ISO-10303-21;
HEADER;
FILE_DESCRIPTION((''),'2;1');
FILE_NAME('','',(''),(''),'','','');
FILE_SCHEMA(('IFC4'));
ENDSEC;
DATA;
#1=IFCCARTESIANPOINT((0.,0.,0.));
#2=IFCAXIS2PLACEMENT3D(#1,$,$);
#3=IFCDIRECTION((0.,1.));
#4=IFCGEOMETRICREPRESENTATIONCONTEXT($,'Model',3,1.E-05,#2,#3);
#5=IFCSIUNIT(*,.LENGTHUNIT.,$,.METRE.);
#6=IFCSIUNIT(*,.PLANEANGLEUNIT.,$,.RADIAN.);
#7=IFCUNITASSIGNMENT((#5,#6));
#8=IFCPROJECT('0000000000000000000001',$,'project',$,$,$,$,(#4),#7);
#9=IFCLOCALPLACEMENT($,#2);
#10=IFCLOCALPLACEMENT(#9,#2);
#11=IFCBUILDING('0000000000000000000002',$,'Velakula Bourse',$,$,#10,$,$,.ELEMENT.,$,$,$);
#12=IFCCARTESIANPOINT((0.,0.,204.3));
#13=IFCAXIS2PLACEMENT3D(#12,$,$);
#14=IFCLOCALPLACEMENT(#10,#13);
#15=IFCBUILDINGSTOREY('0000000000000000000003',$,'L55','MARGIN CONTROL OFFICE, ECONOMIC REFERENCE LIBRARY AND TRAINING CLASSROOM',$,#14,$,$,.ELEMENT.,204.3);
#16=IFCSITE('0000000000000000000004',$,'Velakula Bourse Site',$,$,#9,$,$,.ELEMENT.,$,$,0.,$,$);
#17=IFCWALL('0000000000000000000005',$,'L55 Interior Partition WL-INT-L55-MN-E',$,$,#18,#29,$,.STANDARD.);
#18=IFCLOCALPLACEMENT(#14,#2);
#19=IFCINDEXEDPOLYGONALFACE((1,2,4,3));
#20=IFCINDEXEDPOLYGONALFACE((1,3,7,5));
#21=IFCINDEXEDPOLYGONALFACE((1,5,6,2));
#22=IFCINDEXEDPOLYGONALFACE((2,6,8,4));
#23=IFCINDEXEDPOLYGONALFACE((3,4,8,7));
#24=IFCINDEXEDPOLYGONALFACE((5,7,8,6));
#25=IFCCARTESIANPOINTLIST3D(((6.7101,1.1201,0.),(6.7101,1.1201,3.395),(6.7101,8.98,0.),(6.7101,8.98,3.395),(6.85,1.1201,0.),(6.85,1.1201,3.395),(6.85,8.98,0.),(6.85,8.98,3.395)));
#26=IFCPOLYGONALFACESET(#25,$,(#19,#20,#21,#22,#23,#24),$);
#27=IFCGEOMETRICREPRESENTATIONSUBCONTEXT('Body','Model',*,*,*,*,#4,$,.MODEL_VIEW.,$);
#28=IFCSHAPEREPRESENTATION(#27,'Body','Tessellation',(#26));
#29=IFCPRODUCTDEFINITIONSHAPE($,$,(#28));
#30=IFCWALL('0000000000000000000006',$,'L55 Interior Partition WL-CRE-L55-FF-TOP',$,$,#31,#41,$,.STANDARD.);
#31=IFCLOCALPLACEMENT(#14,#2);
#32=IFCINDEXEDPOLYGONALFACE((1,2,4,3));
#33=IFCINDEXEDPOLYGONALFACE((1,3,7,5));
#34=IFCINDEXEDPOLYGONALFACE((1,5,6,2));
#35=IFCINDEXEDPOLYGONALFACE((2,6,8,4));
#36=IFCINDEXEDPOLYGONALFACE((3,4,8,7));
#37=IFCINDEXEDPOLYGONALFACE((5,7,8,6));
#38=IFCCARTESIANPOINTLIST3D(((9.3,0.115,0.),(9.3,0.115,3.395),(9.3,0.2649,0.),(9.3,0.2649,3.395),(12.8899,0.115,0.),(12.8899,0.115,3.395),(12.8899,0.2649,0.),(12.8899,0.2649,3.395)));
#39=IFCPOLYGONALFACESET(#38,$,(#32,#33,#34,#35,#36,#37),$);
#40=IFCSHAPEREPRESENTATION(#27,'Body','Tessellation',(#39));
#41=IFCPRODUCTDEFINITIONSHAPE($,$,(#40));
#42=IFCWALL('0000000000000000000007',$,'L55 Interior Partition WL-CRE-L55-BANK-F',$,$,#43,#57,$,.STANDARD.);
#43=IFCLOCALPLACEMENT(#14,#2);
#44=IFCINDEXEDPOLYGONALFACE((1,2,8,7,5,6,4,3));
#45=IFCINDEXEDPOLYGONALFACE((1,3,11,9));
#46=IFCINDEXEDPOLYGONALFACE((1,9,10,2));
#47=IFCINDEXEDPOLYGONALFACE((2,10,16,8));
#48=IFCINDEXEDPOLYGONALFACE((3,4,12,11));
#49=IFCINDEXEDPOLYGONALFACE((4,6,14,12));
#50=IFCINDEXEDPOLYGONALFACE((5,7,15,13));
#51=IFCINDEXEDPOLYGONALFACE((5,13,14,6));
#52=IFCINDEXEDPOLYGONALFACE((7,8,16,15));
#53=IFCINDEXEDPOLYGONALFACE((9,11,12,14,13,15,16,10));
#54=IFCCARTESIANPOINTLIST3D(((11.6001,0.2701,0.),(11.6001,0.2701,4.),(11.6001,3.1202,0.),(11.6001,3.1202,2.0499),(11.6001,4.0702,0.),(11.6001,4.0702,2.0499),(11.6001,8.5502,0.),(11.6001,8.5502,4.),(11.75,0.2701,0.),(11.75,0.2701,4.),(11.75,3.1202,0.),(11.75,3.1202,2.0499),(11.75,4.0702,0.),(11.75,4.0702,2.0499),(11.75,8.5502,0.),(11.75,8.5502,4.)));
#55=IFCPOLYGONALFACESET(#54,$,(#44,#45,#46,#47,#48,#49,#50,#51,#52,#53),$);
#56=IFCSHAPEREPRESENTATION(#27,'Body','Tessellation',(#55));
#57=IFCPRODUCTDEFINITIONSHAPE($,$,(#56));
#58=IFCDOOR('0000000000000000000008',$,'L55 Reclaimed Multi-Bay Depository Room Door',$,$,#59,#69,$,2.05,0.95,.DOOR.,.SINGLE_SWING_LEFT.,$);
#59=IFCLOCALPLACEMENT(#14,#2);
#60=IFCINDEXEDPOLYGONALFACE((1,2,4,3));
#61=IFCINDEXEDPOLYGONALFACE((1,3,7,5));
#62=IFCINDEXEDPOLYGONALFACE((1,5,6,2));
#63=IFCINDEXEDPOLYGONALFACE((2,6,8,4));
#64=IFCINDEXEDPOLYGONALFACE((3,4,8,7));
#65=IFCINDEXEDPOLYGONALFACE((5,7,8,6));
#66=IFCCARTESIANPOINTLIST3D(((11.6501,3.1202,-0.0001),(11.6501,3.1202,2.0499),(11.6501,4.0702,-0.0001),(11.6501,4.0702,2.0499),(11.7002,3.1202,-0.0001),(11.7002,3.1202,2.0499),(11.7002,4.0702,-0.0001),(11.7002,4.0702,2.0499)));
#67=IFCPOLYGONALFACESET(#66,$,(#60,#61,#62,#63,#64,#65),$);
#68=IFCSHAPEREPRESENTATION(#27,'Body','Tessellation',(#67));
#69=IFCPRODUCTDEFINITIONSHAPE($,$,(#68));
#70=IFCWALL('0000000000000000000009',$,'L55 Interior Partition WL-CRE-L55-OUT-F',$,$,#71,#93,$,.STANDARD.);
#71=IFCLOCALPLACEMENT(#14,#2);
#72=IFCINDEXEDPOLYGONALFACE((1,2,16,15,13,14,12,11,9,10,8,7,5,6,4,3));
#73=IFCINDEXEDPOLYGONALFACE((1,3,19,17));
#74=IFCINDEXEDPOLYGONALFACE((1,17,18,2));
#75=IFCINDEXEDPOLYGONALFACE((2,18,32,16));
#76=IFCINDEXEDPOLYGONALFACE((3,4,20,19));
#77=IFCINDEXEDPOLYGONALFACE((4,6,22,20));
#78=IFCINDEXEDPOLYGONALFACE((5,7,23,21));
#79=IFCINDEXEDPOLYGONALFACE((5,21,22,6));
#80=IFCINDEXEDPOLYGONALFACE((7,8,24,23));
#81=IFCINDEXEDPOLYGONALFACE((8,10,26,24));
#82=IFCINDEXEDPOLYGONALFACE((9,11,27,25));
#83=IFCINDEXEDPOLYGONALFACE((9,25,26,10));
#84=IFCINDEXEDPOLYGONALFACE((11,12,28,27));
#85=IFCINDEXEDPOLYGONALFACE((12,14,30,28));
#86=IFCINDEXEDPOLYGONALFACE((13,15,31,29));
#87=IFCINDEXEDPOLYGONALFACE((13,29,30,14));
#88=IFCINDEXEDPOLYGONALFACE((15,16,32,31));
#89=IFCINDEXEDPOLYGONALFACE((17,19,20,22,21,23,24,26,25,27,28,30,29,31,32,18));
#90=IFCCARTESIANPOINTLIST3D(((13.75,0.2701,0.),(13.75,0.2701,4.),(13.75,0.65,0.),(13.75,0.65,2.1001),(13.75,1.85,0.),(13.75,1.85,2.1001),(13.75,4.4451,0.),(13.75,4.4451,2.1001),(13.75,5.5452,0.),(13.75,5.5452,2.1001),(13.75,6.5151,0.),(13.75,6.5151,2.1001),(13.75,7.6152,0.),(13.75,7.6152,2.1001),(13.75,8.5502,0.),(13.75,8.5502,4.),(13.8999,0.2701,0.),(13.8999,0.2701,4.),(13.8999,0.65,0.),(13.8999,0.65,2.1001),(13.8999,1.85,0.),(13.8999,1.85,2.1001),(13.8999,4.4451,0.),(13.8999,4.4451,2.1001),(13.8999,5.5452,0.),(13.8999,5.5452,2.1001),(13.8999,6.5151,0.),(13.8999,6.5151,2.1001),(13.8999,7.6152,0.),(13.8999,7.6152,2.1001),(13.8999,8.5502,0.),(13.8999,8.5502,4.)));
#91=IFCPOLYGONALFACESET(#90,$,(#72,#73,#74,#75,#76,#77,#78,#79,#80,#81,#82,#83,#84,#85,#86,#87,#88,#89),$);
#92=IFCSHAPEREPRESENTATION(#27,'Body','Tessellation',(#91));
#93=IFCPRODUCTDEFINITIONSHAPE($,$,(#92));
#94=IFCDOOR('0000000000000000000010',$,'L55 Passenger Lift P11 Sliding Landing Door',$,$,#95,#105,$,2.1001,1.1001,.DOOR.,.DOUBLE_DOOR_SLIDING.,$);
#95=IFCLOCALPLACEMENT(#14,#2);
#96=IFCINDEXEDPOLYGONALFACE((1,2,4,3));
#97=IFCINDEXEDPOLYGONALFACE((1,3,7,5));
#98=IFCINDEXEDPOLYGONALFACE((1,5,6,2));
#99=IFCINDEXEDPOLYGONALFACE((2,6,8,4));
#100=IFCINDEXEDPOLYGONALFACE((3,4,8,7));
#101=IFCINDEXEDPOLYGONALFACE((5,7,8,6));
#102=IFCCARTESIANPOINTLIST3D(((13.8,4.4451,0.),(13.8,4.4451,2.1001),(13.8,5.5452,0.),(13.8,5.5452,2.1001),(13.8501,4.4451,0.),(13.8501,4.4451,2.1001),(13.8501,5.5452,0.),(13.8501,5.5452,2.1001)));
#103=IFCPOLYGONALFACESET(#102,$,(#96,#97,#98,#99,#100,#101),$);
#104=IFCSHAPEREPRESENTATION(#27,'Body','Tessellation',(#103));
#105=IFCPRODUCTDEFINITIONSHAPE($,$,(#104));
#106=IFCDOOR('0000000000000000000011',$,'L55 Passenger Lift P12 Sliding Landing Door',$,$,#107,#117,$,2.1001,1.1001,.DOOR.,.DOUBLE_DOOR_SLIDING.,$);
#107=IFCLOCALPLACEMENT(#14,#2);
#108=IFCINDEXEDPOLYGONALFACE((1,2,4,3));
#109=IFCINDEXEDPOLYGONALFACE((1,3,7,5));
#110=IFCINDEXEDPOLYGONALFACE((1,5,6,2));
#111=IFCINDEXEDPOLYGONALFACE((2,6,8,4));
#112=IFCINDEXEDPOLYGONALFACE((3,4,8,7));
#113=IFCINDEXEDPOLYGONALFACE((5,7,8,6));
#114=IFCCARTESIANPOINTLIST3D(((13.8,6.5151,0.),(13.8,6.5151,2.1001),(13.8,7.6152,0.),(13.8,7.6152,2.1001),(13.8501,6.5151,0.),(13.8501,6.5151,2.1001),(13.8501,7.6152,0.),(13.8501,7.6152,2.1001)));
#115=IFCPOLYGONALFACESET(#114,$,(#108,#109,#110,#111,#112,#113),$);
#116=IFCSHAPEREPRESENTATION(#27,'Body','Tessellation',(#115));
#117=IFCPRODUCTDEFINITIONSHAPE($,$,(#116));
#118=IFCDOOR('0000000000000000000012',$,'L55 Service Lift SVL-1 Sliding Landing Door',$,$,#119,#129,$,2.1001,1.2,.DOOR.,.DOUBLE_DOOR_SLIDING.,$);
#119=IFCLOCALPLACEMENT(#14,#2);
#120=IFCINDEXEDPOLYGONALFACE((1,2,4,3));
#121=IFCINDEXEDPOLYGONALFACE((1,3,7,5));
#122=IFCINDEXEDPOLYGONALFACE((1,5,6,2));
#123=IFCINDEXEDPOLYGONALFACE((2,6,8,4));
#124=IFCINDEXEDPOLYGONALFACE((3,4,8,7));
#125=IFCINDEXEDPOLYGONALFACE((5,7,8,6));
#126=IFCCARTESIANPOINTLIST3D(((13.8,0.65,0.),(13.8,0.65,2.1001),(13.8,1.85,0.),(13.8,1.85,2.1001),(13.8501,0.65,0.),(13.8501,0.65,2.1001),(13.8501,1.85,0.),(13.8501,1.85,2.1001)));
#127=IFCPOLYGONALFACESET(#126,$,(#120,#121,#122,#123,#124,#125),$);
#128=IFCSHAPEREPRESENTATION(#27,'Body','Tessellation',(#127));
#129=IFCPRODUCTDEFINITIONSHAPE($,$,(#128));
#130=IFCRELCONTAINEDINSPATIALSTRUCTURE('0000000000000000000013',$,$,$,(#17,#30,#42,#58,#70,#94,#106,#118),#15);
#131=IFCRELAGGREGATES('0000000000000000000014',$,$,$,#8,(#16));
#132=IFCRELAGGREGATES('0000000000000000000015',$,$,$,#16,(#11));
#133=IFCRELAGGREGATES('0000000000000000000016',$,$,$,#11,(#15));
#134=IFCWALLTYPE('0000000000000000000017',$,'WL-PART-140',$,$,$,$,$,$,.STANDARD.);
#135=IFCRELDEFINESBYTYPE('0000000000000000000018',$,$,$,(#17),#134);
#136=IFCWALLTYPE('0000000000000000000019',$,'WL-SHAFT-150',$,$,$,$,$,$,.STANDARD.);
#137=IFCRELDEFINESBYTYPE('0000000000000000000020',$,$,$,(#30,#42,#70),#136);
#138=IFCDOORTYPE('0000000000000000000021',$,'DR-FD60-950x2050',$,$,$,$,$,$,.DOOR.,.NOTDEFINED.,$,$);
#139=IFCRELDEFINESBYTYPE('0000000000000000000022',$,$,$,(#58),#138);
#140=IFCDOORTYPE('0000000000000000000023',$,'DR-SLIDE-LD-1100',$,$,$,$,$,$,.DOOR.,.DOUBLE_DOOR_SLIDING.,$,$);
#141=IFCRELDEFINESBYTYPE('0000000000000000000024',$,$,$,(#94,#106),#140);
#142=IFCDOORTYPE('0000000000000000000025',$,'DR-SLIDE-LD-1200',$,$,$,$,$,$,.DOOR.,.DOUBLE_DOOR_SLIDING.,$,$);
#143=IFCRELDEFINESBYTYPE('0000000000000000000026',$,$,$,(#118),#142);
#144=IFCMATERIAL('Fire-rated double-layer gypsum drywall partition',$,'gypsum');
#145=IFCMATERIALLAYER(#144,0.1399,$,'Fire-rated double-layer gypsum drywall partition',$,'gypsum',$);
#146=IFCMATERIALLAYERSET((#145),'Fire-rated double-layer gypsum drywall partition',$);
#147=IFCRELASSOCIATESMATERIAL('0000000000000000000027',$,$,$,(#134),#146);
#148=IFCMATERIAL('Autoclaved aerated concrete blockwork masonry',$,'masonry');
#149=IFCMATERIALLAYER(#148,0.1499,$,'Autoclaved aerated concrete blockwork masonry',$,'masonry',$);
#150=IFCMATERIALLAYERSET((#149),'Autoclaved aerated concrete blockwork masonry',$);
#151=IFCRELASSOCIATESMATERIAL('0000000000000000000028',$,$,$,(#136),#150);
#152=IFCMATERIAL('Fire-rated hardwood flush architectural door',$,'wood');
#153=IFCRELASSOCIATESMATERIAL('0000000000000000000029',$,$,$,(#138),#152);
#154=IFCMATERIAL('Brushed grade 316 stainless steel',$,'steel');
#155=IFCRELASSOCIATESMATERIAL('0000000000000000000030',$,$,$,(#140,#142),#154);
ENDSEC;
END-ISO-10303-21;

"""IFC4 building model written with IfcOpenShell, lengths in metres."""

from ifc_helpers import new_model, si_unit, direction, frame, frame_2d, origin, place, context, subcontext, project, spatial, rectangle, extrude, material, layer, layer_set, type_object, element, fill, save


model = new_model("IFC4")

# Units and contexts
model_context = context("Model", 3, precision=1e-05, world=origin(), true_north=direction((0.0, 1.0)))
body_context = subcontext(model_context, "Body", "Model", "MODEL_VIEW")
ifc_project = project(units=[si_unit("LENGTHUNIT", "METRE"), si_unit("PLANEANGLEUNIT", "RADIAN")], contexts=[model_context])

# Site, building, storey
site_placement = place(None, origin())
site = spatial("IfcSite", under=ifc_project, at=site_placement, Name="Velakula Bourse Site", CompositionType="ELEMENT", RefElevation=0.0)
building_placement = place(site_placement, origin())
building = spatial("IfcBuilding", under=site, at=building_placement, Name="Velakula Bourse", CompositionType="ELEMENT")
storey_placement = place(building_placement, frame((0.0, 0.0, 204.3)))
storey = spatial("IfcBuildingStorey", under=building, at=storey_placement, Name="L55", Description="MARGIN CONTROL OFFICE, ECONOMIC REFERENCE LIBRARY AND TRAINING CLASSROOM", CompositionType="ELEMENT", Elevation=204.3)

# Shared definitions
ifc_material_1 = material(Name="Fire-rated hardwood flush architectural door", Category="wood")

# Walls
ifc_material_2 = material(Name="Fire-rated double-layer gypsum drywall partition", Category="gypsum")
ifc_layer_1 = layer(ifc_material_2, 0.1399, Name="Fire-rated double-layer gypsum drywall partition", Category="gypsum")
ifc_layer_set_1 = layer_set([ifc_layer_1], Name="Fire-rated double-layer gypsum drywall partition")
wall_type_1 = type_object("IfcWallType", Name="WL-PART-140", PredefinedType="STANDARD", material=ifc_layer_set_1)
wall_1_placement = place(storey_placement, frame((6.78, 1.1201, 0.0), z_axis=(0.0, 0.0, 1.0), x_axis=(0.0, 1.0, 0.0)))
element("IfcWall", 1, at=wall_1_placement, inside=storey, type_object=wall_type_1, Name="L55 Interior Partition WL-INT-L55-MN-E", PredefinedType="STANDARD", context=body_context, shape_type="SweptSolid", body=[
    extrude(rectangle(XDim=7.8599, YDim=0.1399, at=frame_2d((3.9299, 0.0))), origin(), (0.0, 0.0, 1.0), 3.395),
])
ifc_material_3 = material(Name="Autoclaved aerated concrete blockwork masonry", Category="masonry")
ifc_layer_2 = layer(ifc_material_3, 0.1499, Name="Autoclaved aerated concrete blockwork masonry", Category="masonry")
ifc_layer_set_2 = layer_set([ifc_layer_2], Name="Autoclaved aerated concrete blockwork masonry")
wall_type_2 = type_object("IfcWallType", Name="WL-SHAFT-150", PredefinedType="STANDARD", material=ifc_layer_set_2)
wall_2_placement = place(storey_placement, frame((9.3, 0.1899, 0.0), z_axis=(0.0, 0.0, 1.0), x_axis=(1.0, 0.0, 0.0)))
element("IfcWall", 2, at=wall_2_placement, inside=storey, type_object=wall_type_2, Name="L55 Interior Partition WL-CRE-L55-FF-TOP", PredefinedType="STANDARD", context=body_context, shape_type="SweptSolid", body=[
    extrude(rectangle(XDim=3.5898, YDim=0.1499, at=frame_2d((1.7949, 0.0))), origin(), (0.0, 0.0, 1.0), 3.395),
])

# Wall, opening, door
wall_3_placement = place(storey_placement, frame((11.675, 0.27, 0.0), z_axis=(0.0, 0.0, 1.0), x_axis=(0.0, 1.0, 0.0)))
wall_3 = element("IfcWall", 3, at=wall_3_placement, inside=storey, type_object=wall_type_2, Name="L55 Interior Partition WL-CRE-L55-BANK-F", PredefinedType="STANDARD", context=body_context, shape_type="SweptSolid", body=[
    extrude(rectangle(XDim=8.28, YDim=0.1499, at=frame_2d((4.1401, 0.0))), origin(), (0.0, 0.0, 1.0), 4.0),
])
opening_1_placement = place(wall_3_placement, frame((2.8501, 0.0, 0.0)))
opening_1 = element("IfcOpeningElement", 4, at=opening_1_placement, cuts=wall_3, PredefinedType="OPENING", context=body_context, shape_type="SweptSolid", body=[
    extrude(rectangle(XDim=0.95, YDim=2.05, at=frame_2d((0.4751, 1.0249))), frame((0.0, 0.085, 0.0), z_axis=(0.0, -1.0, 0.0), x_axis=(1.0, 0.0, 0.0)), (0.0, 0.0, 1.0), 0.1699),
])
door_type_1 = type_object("IfcDoorType", Name="DR-FD60-950x2050", OperationType="NOTDEFINED", PredefinedType="DOOR", material=ifc_material_1)
door_1_placement = place(opening_1_placement, origin())
door_1 = element("IfcDoor", 5, at=door_1_placement, inside=storey, type_object=door_type_1, Name="L55 Reclaimed Multi-Bay Depository Room Door", OperationType="SINGLE_SWING_LEFT", OverallHeight=2.05, OverallWidth=0.95, PredefinedType="DOOR", context=body_context, shape_type="SweptSolid", body=[
    extrude(rectangle(XDim=0.95, YDim=2.05, at=frame_2d((0.4751, 1.0249))), frame((0.0, 0.0249, 0.0), z_axis=(0.0, -1.0, 0.0), x_axis=(1.0, 0.0, 0.0)), (0.0, 0.0, 1.0), 0.05),
])
fill(opening_1, door_1)

# Wall, openings, doors
wall_4_placement = place(storey_placement, frame((13.825, 0.27, 0.0), z_axis=(0.0, 0.0, 1.0), x_axis=(0.0, 1.0, 0.0)))
wall_4 = element("IfcWall", 6, at=wall_4_placement, inside=storey, type_object=wall_type_2, Name="L55 Interior Partition WL-CRE-L55-OUT-F", PredefinedType="STANDARD", context=body_context, shape_type="SweptSolid", body=[
    extrude(rectangle(XDim=8.28, YDim=0.1499, at=frame_2d((4.1401, 0.0))), origin(), (0.0, 0.0, 1.0), 4.0),
])
opening_2_placement = place(wall_4_placement, frame((4.175, 0.0, 0.0)))
opening_2 = element("IfcOpeningElement", 7, at=opening_2_placement, cuts=wall_4, PredefinedType="OPENING", context=body_context, shape_type="SweptSolid", body=[
    extrude(rectangle(XDim=1.1001, YDim=2.1001, at=frame_2d((0.55, 1.05))), frame((0.0, 0.085, 0.0), z_axis=(0.0, -1.0, 0.0), x_axis=(1.0, 0.0, 0.0)), (0.0, 0.0, 1.0), 0.1699),
])
opening_3_placement = place(wall_4_placement, frame((6.2451, 0.0, 0.0)))
opening_3 = element("IfcOpeningElement", 8, at=opening_3_placement, cuts=wall_4, PredefinedType="OPENING", context=body_context, shape_type="SweptSolid", body=[
    extrude(rectangle(XDim=1.1001, YDim=2.1001, at=frame_2d((0.55, 1.05))), frame((0.0, 0.085, 0.0), z_axis=(0.0, -1.0, 0.0), x_axis=(1.0, 0.0, 0.0)), (0.0, 0.0, 1.0), 0.1699),
])
opening_4_placement = place(wall_4_placement, frame((0.3799, 0.0, 0.0)))
opening_4 = element("IfcOpeningElement", 9, at=opening_4_placement, cuts=wall_4, PredefinedType="OPENING", context=body_context, shape_type="SweptSolid", body=[
    extrude(rectangle(XDim=1.2, YDim=2.1001, at=frame_2d((0.6001, 1.05))), frame((0.0, 0.085, 0.0), z_axis=(0.0, -1.0, 0.0), x_axis=(1.0, 0.0, 0.0)), (0.0, 0.0, 1.0), 0.1699),
])
ifc_material_4 = material(Name="Brushed grade 316 stainless steel", Category="steel")
door_type_2 = type_object("IfcDoorType", Name="DR-SLIDE-LD-1100", OperationType="DOUBLE_DOOR_SLIDING", PredefinedType="DOOR", material=ifc_material_4)
door_2_placement = place(opening_2_placement, origin())
door_2 = element("IfcDoor", 10, at=door_2_placement, inside=storey, type_object=door_type_2, Name="L55 Passenger Lift P11 Sliding Landing Door", OperationType="DOUBLE_DOOR_SLIDING", OverallHeight=2.1001, OverallWidth=1.1001, PredefinedType="DOOR", context=body_context, shape_type="SweptSolid", body=[
    extrude(rectangle(XDim=1.1001, YDim=2.1001, at=frame_2d((0.55, 1.05))), frame((0.0, 0.0249, 0.0), z_axis=(0.0, -1.0, 0.0), x_axis=(1.0, 0.0, 0.0)), (0.0, 0.0, 1.0), 0.05),
])
fill(opening_2, door_2)
door_3_placement = place(opening_3_placement, origin())
door_3 = element("IfcDoor", 11, at=door_3_placement, inside=storey, type_object=door_type_2, Name="L55 Passenger Lift P12 Sliding Landing Door", OperationType="DOUBLE_DOOR_SLIDING", OverallHeight=2.1001, OverallWidth=1.1001, PredefinedType="DOOR", context=body_context, shape_type="SweptSolid", body=[
    extrude(rectangle(XDim=1.1001, YDim=2.1001, at=frame_2d((0.55, 1.05))), frame((0.0, 0.0249, 0.0), z_axis=(0.0, -1.0, 0.0), x_axis=(1.0, 0.0, 0.0)), (0.0, 0.0, 1.0), 0.05),
])
fill(opening_3, door_3)
door_type_3 = type_object("IfcDoorType", Name="DR-SLIDE-LD-1200", OperationType="DOUBLE_DOOR_SLIDING", PredefinedType="DOOR", material=ifc_material_4)
door_4_placement = place(opening_4_placement, origin())
door_4 = element("IfcDoor", 12, at=door_4_placement, inside=storey, type_object=door_type_3, Name="L55 Service Lift SVL-1 Sliding Landing Door", OperationType="DOUBLE_DOOR_SLIDING", OverallHeight=2.1001, OverallWidth=1.2, PredefinedType="DOOR", context=body_context, shape_type="SweptSolid", body=[
    extrude(rectangle(XDim=1.2, YDim=2.1001, at=frame_2d((0.6001, 1.05))), frame((0.0, 0.0249, 0.0), z_axis=(0.0, -1.0, 0.0), x_axis=(1.0, 0.0, 0.0)), (0.0, 0.0, 1.0), 0.05),
])
fill(opening_4, door_4)

save(model, "model.ifc")
